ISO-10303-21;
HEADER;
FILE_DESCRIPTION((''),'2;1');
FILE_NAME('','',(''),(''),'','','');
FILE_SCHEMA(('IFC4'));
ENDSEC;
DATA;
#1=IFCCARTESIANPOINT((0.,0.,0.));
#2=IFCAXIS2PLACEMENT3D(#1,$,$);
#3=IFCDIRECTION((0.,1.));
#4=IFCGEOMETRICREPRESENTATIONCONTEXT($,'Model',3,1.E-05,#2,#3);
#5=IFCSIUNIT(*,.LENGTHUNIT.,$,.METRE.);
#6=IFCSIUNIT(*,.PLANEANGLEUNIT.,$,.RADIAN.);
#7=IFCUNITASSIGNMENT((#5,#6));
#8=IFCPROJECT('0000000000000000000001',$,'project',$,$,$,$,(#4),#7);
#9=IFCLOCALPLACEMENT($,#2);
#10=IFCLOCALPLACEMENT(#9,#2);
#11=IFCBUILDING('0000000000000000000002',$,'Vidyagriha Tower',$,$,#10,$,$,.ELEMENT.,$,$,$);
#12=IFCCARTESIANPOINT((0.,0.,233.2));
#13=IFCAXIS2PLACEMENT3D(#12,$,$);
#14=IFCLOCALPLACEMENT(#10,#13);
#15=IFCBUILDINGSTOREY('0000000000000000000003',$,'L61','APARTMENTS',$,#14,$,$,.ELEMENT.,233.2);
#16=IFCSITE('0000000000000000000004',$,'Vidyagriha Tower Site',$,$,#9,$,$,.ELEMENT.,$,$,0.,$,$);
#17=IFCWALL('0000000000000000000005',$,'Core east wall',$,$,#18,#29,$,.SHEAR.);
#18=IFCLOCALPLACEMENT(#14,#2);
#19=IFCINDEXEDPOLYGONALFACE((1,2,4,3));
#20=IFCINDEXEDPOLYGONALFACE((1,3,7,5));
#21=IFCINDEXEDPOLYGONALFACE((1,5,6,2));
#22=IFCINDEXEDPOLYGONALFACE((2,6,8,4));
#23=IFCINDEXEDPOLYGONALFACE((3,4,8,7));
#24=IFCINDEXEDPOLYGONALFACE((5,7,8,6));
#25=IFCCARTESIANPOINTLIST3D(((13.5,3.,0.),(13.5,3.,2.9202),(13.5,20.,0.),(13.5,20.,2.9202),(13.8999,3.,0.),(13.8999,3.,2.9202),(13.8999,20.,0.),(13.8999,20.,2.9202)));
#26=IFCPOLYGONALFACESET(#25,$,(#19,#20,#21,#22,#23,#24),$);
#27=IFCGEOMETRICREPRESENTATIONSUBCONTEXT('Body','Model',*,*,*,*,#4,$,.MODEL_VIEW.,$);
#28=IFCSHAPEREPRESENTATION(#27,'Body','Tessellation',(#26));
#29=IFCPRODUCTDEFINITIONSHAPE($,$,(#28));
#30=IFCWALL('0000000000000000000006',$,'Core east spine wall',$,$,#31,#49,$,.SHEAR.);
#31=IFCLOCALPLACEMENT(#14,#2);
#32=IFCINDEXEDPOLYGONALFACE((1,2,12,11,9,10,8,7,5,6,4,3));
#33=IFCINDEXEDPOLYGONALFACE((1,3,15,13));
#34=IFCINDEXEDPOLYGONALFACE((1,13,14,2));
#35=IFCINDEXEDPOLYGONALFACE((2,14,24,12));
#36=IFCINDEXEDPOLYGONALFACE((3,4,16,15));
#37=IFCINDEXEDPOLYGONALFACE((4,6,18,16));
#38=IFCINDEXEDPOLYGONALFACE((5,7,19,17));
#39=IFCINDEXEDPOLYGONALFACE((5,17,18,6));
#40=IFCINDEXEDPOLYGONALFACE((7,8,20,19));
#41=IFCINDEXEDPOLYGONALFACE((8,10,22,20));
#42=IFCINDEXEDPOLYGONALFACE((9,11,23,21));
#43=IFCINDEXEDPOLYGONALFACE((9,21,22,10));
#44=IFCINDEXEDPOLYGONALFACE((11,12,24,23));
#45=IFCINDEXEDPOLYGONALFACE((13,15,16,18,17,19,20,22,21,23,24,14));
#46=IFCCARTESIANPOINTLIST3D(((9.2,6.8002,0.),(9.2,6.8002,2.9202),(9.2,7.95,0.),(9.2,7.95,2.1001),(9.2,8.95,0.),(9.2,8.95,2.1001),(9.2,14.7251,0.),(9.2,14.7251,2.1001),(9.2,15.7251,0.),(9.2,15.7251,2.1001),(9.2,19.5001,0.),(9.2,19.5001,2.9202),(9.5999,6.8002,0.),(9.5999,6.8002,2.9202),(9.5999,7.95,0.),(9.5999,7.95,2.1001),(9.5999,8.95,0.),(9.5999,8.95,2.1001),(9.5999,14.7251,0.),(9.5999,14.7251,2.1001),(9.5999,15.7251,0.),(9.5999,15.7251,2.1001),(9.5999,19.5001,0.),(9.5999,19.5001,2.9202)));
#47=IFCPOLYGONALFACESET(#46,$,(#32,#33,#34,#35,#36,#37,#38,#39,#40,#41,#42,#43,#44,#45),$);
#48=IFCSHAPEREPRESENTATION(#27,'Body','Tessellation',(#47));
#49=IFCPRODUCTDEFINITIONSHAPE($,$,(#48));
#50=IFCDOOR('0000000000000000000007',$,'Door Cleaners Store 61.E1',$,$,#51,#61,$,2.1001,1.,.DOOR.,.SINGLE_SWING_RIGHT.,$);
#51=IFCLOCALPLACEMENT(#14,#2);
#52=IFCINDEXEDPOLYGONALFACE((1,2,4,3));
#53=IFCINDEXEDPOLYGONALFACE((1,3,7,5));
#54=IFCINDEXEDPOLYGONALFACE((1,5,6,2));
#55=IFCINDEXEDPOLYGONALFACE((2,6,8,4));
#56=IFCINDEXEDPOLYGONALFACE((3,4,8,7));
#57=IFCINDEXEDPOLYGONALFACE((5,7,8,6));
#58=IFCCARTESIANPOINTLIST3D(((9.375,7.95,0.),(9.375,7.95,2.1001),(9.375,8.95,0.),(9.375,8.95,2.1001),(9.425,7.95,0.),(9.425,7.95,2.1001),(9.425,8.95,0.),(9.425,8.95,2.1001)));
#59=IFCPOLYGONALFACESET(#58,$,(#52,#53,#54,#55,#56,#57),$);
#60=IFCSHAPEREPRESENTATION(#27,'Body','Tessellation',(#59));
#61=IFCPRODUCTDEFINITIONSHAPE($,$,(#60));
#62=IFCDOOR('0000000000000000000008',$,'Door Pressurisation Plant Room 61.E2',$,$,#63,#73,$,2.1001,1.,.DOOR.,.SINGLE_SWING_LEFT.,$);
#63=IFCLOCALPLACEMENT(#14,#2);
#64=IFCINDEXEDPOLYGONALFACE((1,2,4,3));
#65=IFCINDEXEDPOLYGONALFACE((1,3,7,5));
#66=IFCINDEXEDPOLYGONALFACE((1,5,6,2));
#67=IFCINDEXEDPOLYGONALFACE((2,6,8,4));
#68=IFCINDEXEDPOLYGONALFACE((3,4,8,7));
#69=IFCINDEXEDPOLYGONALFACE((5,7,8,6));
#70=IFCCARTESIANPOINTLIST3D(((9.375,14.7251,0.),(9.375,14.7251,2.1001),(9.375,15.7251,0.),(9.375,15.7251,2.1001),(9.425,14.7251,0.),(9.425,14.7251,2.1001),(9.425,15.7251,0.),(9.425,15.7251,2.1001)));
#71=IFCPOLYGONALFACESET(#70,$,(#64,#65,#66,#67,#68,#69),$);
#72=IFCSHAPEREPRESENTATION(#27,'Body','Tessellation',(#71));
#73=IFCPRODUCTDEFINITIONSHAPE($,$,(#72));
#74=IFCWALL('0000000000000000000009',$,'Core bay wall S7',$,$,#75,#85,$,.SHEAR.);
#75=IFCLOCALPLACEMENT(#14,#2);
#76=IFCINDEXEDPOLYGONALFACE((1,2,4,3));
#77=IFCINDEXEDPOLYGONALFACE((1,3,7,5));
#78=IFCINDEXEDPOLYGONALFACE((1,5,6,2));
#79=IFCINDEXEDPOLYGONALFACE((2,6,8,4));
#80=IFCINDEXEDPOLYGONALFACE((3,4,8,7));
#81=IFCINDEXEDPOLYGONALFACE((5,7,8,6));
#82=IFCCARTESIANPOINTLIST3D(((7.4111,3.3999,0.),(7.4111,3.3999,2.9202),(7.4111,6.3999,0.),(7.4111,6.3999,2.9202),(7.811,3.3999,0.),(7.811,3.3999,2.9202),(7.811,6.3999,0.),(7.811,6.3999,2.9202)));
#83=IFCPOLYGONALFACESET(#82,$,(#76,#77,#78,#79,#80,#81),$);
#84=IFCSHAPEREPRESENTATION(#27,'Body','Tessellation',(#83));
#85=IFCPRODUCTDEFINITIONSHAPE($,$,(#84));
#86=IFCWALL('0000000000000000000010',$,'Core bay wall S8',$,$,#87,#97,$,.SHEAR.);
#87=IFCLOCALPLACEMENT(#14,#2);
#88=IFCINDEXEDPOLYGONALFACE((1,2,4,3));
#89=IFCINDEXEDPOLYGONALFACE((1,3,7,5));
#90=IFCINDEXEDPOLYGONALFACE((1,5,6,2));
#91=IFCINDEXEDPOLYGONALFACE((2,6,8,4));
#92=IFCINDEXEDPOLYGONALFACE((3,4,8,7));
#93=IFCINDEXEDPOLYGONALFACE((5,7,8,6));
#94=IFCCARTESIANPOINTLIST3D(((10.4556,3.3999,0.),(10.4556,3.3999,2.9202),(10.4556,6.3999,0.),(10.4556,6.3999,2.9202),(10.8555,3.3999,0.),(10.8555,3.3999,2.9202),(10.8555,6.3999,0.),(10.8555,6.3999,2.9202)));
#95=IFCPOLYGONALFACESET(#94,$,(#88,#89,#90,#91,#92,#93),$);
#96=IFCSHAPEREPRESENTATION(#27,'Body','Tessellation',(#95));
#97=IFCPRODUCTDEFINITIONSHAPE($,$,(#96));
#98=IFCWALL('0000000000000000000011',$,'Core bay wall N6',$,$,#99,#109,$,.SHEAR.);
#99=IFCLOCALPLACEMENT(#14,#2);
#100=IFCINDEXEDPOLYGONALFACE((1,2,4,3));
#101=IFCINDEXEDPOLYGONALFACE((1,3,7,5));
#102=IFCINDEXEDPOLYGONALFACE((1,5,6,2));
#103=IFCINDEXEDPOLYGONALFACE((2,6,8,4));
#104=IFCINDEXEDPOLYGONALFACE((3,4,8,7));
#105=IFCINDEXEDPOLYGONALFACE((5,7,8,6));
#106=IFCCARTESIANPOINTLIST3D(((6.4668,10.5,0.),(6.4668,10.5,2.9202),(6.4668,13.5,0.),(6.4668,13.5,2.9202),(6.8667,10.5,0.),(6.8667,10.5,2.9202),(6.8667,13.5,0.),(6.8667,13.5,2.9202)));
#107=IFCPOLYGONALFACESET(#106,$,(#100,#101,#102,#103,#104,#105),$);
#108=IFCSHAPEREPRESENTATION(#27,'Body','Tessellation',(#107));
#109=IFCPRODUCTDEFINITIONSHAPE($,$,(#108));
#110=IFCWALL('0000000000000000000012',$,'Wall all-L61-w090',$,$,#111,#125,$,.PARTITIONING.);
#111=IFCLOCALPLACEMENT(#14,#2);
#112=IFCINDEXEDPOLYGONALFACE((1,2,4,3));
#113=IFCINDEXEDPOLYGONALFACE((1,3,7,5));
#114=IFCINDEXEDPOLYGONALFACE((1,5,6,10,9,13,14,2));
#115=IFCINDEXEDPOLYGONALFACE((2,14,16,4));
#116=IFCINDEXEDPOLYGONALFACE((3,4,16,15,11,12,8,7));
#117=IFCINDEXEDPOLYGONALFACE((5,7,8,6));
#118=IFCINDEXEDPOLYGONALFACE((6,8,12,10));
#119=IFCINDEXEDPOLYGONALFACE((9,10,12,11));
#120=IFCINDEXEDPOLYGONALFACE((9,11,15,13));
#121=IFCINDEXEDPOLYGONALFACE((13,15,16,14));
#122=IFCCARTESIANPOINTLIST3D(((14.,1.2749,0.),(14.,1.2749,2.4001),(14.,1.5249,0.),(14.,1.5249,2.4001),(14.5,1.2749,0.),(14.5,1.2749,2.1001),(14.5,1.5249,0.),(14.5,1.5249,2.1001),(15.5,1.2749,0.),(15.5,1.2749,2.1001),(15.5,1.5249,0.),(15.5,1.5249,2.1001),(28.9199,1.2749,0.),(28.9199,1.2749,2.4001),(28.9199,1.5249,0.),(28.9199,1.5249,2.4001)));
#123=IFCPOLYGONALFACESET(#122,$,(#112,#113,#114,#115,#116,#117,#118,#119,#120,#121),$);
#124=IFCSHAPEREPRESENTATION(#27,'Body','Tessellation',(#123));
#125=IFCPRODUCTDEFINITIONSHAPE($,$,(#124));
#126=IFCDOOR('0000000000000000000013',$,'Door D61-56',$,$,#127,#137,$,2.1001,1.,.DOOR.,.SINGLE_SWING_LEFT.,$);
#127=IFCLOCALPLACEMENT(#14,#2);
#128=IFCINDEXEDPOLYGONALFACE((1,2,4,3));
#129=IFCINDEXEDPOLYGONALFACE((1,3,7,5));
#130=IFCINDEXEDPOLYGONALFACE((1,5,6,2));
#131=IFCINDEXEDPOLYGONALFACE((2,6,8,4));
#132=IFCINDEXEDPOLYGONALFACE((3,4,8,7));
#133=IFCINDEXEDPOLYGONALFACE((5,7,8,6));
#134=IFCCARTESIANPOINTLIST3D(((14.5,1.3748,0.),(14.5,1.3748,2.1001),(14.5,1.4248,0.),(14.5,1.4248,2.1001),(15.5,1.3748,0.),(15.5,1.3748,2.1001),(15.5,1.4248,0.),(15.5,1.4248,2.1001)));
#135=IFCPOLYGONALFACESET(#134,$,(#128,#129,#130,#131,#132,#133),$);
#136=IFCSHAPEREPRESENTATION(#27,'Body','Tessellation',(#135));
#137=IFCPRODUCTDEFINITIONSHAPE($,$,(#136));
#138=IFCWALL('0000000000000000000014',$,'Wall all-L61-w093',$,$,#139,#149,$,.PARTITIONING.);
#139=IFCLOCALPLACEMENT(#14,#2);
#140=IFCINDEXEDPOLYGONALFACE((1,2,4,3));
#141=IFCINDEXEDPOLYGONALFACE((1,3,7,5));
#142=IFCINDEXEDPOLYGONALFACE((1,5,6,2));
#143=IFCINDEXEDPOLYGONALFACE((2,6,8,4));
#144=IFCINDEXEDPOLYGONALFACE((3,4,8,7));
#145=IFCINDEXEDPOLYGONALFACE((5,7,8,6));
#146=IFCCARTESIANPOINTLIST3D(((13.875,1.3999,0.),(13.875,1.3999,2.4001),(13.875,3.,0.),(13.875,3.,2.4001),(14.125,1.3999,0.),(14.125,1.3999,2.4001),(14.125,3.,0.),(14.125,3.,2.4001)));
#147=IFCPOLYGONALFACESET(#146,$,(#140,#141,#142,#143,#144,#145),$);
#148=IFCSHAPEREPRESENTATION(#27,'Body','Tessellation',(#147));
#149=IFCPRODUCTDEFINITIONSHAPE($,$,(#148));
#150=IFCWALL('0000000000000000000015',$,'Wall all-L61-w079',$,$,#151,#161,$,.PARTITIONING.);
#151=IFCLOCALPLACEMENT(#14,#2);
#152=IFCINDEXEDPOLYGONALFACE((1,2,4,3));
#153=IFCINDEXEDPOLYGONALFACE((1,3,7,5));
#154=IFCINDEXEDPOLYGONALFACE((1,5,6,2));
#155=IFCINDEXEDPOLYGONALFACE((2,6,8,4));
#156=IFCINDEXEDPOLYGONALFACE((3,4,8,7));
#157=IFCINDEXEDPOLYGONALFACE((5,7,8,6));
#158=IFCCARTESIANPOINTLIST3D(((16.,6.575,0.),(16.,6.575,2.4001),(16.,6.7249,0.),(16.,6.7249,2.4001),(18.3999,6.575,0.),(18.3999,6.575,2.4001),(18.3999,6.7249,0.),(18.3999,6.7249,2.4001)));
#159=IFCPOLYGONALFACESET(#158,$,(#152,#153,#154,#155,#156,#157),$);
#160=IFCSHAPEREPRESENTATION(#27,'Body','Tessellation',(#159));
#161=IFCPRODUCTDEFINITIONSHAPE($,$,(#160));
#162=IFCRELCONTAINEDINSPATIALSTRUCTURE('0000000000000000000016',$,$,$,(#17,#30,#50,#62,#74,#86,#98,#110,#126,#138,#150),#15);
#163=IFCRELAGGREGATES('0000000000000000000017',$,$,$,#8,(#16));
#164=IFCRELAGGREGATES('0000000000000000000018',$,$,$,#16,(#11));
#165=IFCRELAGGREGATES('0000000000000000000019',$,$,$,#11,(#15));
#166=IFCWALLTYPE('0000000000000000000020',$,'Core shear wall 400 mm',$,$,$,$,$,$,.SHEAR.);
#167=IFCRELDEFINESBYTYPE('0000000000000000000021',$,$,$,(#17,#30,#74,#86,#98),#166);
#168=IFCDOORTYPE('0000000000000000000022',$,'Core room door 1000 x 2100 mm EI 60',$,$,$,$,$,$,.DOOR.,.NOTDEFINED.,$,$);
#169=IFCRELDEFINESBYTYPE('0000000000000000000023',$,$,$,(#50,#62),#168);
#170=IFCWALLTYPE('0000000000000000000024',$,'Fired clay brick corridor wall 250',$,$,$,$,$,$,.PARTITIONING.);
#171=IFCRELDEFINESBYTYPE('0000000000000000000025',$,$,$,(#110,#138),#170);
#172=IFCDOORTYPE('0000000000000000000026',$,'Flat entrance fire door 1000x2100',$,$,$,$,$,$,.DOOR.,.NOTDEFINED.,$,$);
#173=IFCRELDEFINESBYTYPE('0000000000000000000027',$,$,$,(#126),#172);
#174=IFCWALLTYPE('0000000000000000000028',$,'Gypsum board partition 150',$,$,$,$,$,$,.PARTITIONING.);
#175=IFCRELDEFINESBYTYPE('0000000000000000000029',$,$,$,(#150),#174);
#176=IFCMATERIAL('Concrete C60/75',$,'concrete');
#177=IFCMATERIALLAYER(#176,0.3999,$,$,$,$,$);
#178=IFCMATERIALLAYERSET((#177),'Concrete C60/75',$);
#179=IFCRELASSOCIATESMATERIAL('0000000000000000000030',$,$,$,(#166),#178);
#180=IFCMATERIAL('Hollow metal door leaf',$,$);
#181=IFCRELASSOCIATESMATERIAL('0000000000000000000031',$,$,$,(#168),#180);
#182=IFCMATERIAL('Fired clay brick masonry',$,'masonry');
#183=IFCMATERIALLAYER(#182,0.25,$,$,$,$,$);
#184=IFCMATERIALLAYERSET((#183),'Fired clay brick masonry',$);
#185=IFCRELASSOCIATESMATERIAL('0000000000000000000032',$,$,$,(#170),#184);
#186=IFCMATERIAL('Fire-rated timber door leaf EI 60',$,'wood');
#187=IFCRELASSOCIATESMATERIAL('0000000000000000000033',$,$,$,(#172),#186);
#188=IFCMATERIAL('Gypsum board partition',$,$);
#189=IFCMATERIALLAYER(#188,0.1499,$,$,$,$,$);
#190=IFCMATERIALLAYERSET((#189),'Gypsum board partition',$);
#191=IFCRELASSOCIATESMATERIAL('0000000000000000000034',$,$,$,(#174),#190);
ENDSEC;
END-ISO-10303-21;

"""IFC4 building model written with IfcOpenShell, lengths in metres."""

from ifc_helpers import new_model, si_unit, direction, frame, frame_2d, origin, place, context, subcontext, project, spatial, rectangle, extrude, material, layer, layer_set, type_object, element, fill, save


model = new_model("IFC4")

# Units and contexts
model_context = context("Model", 3, precision=1e-05, world=origin(), true_north=direction((0.0, 1.0)))
body_context = subcontext(model_context, "Body", "Model", "MODEL_VIEW")
ifc_project = project(units=[si_unit("LENGTHUNIT", "METRE"), si_unit("PLANEANGLEUNIT", "RADIAN")], contexts=[model_context])

# Site, building, storey
site_placement = place(None, origin())
site = spatial("IfcSite", under=ifc_project, at=site_placement, Name="Vidyagriha Tower Site", CompositionType="ELEMENT", RefElevation=0.0)
building_placement = place(site_placement, origin())
building = spatial("IfcBuilding", under=site, at=building_placement, Name="Vidyagriha Tower", CompositionType="ELEMENT")
storey_placement = place(building_placement, frame((0.0, 0.0, 233.2)))
storey = spatial("IfcBuildingStorey", under=building, at=storey_placement, Name="L61", Description="APARTMENTS", CompositionType="ELEMENT", Elevation=233.2)

# Wall
ifc_material_1 = material(Name="Concrete C60/75", Category="concrete")
ifc_layer_1 = layer(ifc_material_1, 0.3999)
ifc_layer_set_1 = layer_set([ifc_layer_1], Name="Concrete C60/75")
wall_type_1 = type_object("IfcWallType", Name="Core shear wall 400 mm", PredefinedType="SHEAR", material=ifc_layer_set_1)
wall_1_placement = place(storey_placement, frame((13.7, 3.0, 0.0), z_axis=(0.0, 0.0, 1.0), x_axis=(0.0, 1.0, 0.0)))
element("IfcWall", 1, at=wall_1_placement, inside=storey, type_object=wall_type_1, Name="Core east wall", PredefinedType="SHEAR", context=body_context, shape_type="SweptSolid", body=[
    extrude(rectangle(XDim=17.0, YDim=0.3999, at=frame_2d((8.5, 0.0))), origin(), (0.0, 0.0, 1.0), 2.9202),
])

# Wall, openings, doors
wall_2_placement = place(storey_placement, frame((9.3999, 6.8, 0.0), z_axis=(0.0, 0.0, 1.0), x_axis=(0.0, 1.0, 0.0)))
wall_2 = element("IfcWall", 2, at=wall_2_placement, inside=storey, type_object=wall_type_1, Name="Core east spine wall", PredefinedType="SHEAR", context=body_context, shape_type="SweptSolid", body=[
    extrude(rectangle(XDim=12.7, YDim=0.3999, at=frame_2d((6.3501, 0.0))), origin(), (0.0, 0.0, 1.0), 2.9202),
])
opening_1_placement = place(wall_2_placement, frame((1.1499, 0.0, 0.0)))
opening_1 = element("IfcOpeningElement", 3, at=opening_1_placement, cuts=wall_2, PredefinedType="OPENING", context=body_context, shape_type="SweptSolid", body=[
    extrude(rectangle(XDim=1.0, YDim=2.1001, at=frame_2d((0.5, 1.05))), frame((0.0, 0.21, 0.0), z_axis=(0.0, -1.0, 0.0), x_axis=(1.0, 0.0, 0.0)), (0.0, 0.0, 1.0), 0.4199),
])
opening_2_placement = place(wall_2_placement, frame((7.925, 0.0, 0.0)))
opening_2 = element("IfcOpeningElement", 4, at=opening_2_placement, cuts=wall_2, PredefinedType="OPENING", context=body_context, shape_type="SweptSolid", body=[
    extrude(rectangle(XDim=1.0, YDim=2.1001, at=frame_2d((0.5, 1.05))), frame((0.0, 0.21, 0.0), z_axis=(0.0, -1.0, 0.0), x_axis=(1.0, 0.0, 0.0)), (0.0, 0.0, 1.0), 0.4199),
])
ifc_material_2 = material(Name="Hollow metal door leaf")
door_type_1 = type_object("IfcDoorType", Name="Core room door 1000 x 2100 mm EI 60", OperationType="NOTDEFINED", PredefinedType="DOOR", material=ifc_material_2)
door_1_placement = place(opening_1_placement, origin())
door_1 = element("IfcDoor", 5, at=door_1_placement, inside=storey, type_object=door_type_1, Name="Door Cleaners Store 61.E1", OperationType="SINGLE_SWING_RIGHT", OverallHeight=2.1001, OverallWidth=1.0, PredefinedType="DOOR", context=body_context, shape_type="SweptSolid", body=[
    extrude(rectangle(XDim=1.0, YDim=2.1001, at=frame_2d((0.5, 1.05))), frame((0.0, 0.0249, 0.0), z_axis=(0.0, -1.0, 0.0), x_axis=(1.0, 0.0, 0.0)), (0.0, 0.0, 1.0), 0.05),
])
fill(opening_1, door_1)
door_2_placement = place(opening_2_placement, origin())
door_2 = element("IfcDoor", 6, at=door_2_placement, inside=storey, type_object=door_type_1, Name="Door Pressurisation Plant Room 61.E2", OperationType="SINGLE_SWING_LEFT", OverallHeight=2.1001, OverallWidth=1.0, PredefinedType="DOOR", context=body_context, shape_type="SweptSolid", body=[
    extrude(rectangle(XDim=1.0, YDim=2.1001, at=frame_2d((0.5, 1.05))), frame((0.0, 0.0249, 0.0), z_axis=(0.0, -1.0, 0.0), x_axis=(1.0, 0.0, 0.0)), (0.0, 0.0, 1.0), 0.05),
])
fill(opening_2, door_2)

# Walls
for number, where, z_axis, x_axis, name in (
    (7, (7.6111, 3.3999, 0.0), (0.0, 0.0, 1.0), (0.0, 1.0, 0.0), "Core bay wall S7"),
    (8, (10.6555, 3.3999, 0.0), (0.0, 0.0, 1.0), (0.0, 1.0, 0.0), "Core bay wall S8"),
    (9, (6.6667, 10.5, 0.0), (0.0, 0.0, 1.0), (0.0, 1.0, 0.0), "Core bay wall N6"),
):
    element("IfcWall", number, at=place(storey_placement, frame(where, z_axis=z_axis, x_axis=x_axis)), inside=storey, type_object=wall_type_1, Name=name, PredefinedType="SHEAR", context=body_context, shape_type="SweptSolid", body=[
        extrude(rectangle(XDim=3.0, YDim=0.3999, at=frame_2d((1.5, 0.0))), origin(), (0.0, 0.0, 1.0), 2.9202),
    ])

# Wall, opening, door
ifc_material_3 = material(Name="Fired clay brick masonry", Category="masonry")
ifc_layer_2 = layer(ifc_material_3, 0.25)
ifc_layer_set_2 = layer_set([ifc_layer_2], Name="Fired clay brick masonry")
wall_type_2 = type_object("IfcWallType", Name="Fired clay brick corridor wall 250", PredefinedType="PARTITIONING", material=ifc_layer_set_2)
wall_3_placement = place(storey_placement, frame((14.0, 1.3999, 0.0)))
wall_3 = element("IfcWall", 10, at=wall_3_placement, inside=storey, type_object=wall_type_2, Name="Wall all-L61-w090", PredefinedType="PARTITIONING", context=body_context, shape_type="SweptSolid", body=[
    extrude(rectangle(XDim=14.9199, YDim=0.25, at=frame_2d((7.46, 0.0))), origin(), (0.0, 0.0, 1.0), 2.4001),
])
opening_3_placement = place(wall_3_placement, frame((0.5, 0.0, 0.0)))
opening_3 = element("IfcOpeningElement", 11, at=opening_3_placement, cuts=wall_3, PredefinedType="OPENING", context=body_context, shape_type="SweptSolid", body=[
    extrude(rectangle(XDim=1.0, YDim=2.1001, at=frame_2d((0.5, 1.05))), frame((0.0, 0.135, 0.0), z_axis=(0.0, -1.0, 0.0), x_axis=(1.0, 0.0, 0.0)), (0.0, 0.0, 1.0), 0.27),
])
ifc_material_4 = material(Name="Fire-rated timber door leaf EI 60", Category="wood")
door_type_2 = type_object("IfcDoorType", Name="Flat entrance fire door 1000x2100", OperationType="NOTDEFINED", PredefinedType="DOOR", material=ifc_material_4)
door_3_placement = place(opening_3_placement, origin())
door_3 = element("IfcDoor", 12, at=door_3_placement, inside=storey, type_object=door_type_2, Name="Door D61-56", OperationType="SINGLE_SWING_LEFT", OverallHeight=2.1001, OverallWidth=1.0, PredefinedType="DOOR", context=body_context, shape_type="SweptSolid", body=[
    extrude(rectangle(XDim=1.0, YDim=2.1001, at=frame_2d((0.5, 1.05))), frame((0.0, 0.0249, 0.0), z_axis=(0.0, -1.0, 0.0), x_axis=(1.0, 0.0, 0.0)), (0.0, 0.0, 1.0), 0.05),
])
fill(opening_3, door_3)

# Walls
wall_4_placement = place(storey_placement, frame((14.0, 1.3999, 0.0), z_axis=(0.0, 0.0, 1.0), x_axis=(0.0, 1.0, 0.0)))
element("IfcWall", 13, at=wall_4_placement, inside=storey, type_object=wall_type_2, Name="Wall all-L61-w093", PredefinedType="PARTITIONING", context=body_context, shape_type="SweptSolid", body=[
    extrude(rectangle(XDim=1.6001, YDim=0.25, at=frame_2d((0.8, 0.0))), origin(), (0.0, 0.0, 1.0), 2.4001),
])
ifc_material_5 = material(Name="Gypsum board partition")
ifc_layer_3 = layer(ifc_material_5, 0.1499)
ifc_layer_set_3 = layer_set([ifc_layer_3], Name="Gypsum board partition")
wall_type_3 = type_object("IfcWallType", Name="Gypsum board partition 150", PredefinedType="PARTITIONING", material=ifc_layer_set_3)
wall_5_placement = place(storey_placement, frame((16.0, 6.6499, 0.0)))
element("IfcWall", 14, at=wall_5_placement, inside=storey, type_object=wall_type_3, Name="Wall all-L61-w079", PredefinedType="PARTITIONING", context=body_context, shape_type="SweptSolid", body=[
    extrude(rectangle(XDim=2.3999, YDim=0.1499, at=frame_2d((1.2, 0.0))), origin(), (0.0, 0.0, 1.0), 2.4001),
])

save(model, "model.ifc")
